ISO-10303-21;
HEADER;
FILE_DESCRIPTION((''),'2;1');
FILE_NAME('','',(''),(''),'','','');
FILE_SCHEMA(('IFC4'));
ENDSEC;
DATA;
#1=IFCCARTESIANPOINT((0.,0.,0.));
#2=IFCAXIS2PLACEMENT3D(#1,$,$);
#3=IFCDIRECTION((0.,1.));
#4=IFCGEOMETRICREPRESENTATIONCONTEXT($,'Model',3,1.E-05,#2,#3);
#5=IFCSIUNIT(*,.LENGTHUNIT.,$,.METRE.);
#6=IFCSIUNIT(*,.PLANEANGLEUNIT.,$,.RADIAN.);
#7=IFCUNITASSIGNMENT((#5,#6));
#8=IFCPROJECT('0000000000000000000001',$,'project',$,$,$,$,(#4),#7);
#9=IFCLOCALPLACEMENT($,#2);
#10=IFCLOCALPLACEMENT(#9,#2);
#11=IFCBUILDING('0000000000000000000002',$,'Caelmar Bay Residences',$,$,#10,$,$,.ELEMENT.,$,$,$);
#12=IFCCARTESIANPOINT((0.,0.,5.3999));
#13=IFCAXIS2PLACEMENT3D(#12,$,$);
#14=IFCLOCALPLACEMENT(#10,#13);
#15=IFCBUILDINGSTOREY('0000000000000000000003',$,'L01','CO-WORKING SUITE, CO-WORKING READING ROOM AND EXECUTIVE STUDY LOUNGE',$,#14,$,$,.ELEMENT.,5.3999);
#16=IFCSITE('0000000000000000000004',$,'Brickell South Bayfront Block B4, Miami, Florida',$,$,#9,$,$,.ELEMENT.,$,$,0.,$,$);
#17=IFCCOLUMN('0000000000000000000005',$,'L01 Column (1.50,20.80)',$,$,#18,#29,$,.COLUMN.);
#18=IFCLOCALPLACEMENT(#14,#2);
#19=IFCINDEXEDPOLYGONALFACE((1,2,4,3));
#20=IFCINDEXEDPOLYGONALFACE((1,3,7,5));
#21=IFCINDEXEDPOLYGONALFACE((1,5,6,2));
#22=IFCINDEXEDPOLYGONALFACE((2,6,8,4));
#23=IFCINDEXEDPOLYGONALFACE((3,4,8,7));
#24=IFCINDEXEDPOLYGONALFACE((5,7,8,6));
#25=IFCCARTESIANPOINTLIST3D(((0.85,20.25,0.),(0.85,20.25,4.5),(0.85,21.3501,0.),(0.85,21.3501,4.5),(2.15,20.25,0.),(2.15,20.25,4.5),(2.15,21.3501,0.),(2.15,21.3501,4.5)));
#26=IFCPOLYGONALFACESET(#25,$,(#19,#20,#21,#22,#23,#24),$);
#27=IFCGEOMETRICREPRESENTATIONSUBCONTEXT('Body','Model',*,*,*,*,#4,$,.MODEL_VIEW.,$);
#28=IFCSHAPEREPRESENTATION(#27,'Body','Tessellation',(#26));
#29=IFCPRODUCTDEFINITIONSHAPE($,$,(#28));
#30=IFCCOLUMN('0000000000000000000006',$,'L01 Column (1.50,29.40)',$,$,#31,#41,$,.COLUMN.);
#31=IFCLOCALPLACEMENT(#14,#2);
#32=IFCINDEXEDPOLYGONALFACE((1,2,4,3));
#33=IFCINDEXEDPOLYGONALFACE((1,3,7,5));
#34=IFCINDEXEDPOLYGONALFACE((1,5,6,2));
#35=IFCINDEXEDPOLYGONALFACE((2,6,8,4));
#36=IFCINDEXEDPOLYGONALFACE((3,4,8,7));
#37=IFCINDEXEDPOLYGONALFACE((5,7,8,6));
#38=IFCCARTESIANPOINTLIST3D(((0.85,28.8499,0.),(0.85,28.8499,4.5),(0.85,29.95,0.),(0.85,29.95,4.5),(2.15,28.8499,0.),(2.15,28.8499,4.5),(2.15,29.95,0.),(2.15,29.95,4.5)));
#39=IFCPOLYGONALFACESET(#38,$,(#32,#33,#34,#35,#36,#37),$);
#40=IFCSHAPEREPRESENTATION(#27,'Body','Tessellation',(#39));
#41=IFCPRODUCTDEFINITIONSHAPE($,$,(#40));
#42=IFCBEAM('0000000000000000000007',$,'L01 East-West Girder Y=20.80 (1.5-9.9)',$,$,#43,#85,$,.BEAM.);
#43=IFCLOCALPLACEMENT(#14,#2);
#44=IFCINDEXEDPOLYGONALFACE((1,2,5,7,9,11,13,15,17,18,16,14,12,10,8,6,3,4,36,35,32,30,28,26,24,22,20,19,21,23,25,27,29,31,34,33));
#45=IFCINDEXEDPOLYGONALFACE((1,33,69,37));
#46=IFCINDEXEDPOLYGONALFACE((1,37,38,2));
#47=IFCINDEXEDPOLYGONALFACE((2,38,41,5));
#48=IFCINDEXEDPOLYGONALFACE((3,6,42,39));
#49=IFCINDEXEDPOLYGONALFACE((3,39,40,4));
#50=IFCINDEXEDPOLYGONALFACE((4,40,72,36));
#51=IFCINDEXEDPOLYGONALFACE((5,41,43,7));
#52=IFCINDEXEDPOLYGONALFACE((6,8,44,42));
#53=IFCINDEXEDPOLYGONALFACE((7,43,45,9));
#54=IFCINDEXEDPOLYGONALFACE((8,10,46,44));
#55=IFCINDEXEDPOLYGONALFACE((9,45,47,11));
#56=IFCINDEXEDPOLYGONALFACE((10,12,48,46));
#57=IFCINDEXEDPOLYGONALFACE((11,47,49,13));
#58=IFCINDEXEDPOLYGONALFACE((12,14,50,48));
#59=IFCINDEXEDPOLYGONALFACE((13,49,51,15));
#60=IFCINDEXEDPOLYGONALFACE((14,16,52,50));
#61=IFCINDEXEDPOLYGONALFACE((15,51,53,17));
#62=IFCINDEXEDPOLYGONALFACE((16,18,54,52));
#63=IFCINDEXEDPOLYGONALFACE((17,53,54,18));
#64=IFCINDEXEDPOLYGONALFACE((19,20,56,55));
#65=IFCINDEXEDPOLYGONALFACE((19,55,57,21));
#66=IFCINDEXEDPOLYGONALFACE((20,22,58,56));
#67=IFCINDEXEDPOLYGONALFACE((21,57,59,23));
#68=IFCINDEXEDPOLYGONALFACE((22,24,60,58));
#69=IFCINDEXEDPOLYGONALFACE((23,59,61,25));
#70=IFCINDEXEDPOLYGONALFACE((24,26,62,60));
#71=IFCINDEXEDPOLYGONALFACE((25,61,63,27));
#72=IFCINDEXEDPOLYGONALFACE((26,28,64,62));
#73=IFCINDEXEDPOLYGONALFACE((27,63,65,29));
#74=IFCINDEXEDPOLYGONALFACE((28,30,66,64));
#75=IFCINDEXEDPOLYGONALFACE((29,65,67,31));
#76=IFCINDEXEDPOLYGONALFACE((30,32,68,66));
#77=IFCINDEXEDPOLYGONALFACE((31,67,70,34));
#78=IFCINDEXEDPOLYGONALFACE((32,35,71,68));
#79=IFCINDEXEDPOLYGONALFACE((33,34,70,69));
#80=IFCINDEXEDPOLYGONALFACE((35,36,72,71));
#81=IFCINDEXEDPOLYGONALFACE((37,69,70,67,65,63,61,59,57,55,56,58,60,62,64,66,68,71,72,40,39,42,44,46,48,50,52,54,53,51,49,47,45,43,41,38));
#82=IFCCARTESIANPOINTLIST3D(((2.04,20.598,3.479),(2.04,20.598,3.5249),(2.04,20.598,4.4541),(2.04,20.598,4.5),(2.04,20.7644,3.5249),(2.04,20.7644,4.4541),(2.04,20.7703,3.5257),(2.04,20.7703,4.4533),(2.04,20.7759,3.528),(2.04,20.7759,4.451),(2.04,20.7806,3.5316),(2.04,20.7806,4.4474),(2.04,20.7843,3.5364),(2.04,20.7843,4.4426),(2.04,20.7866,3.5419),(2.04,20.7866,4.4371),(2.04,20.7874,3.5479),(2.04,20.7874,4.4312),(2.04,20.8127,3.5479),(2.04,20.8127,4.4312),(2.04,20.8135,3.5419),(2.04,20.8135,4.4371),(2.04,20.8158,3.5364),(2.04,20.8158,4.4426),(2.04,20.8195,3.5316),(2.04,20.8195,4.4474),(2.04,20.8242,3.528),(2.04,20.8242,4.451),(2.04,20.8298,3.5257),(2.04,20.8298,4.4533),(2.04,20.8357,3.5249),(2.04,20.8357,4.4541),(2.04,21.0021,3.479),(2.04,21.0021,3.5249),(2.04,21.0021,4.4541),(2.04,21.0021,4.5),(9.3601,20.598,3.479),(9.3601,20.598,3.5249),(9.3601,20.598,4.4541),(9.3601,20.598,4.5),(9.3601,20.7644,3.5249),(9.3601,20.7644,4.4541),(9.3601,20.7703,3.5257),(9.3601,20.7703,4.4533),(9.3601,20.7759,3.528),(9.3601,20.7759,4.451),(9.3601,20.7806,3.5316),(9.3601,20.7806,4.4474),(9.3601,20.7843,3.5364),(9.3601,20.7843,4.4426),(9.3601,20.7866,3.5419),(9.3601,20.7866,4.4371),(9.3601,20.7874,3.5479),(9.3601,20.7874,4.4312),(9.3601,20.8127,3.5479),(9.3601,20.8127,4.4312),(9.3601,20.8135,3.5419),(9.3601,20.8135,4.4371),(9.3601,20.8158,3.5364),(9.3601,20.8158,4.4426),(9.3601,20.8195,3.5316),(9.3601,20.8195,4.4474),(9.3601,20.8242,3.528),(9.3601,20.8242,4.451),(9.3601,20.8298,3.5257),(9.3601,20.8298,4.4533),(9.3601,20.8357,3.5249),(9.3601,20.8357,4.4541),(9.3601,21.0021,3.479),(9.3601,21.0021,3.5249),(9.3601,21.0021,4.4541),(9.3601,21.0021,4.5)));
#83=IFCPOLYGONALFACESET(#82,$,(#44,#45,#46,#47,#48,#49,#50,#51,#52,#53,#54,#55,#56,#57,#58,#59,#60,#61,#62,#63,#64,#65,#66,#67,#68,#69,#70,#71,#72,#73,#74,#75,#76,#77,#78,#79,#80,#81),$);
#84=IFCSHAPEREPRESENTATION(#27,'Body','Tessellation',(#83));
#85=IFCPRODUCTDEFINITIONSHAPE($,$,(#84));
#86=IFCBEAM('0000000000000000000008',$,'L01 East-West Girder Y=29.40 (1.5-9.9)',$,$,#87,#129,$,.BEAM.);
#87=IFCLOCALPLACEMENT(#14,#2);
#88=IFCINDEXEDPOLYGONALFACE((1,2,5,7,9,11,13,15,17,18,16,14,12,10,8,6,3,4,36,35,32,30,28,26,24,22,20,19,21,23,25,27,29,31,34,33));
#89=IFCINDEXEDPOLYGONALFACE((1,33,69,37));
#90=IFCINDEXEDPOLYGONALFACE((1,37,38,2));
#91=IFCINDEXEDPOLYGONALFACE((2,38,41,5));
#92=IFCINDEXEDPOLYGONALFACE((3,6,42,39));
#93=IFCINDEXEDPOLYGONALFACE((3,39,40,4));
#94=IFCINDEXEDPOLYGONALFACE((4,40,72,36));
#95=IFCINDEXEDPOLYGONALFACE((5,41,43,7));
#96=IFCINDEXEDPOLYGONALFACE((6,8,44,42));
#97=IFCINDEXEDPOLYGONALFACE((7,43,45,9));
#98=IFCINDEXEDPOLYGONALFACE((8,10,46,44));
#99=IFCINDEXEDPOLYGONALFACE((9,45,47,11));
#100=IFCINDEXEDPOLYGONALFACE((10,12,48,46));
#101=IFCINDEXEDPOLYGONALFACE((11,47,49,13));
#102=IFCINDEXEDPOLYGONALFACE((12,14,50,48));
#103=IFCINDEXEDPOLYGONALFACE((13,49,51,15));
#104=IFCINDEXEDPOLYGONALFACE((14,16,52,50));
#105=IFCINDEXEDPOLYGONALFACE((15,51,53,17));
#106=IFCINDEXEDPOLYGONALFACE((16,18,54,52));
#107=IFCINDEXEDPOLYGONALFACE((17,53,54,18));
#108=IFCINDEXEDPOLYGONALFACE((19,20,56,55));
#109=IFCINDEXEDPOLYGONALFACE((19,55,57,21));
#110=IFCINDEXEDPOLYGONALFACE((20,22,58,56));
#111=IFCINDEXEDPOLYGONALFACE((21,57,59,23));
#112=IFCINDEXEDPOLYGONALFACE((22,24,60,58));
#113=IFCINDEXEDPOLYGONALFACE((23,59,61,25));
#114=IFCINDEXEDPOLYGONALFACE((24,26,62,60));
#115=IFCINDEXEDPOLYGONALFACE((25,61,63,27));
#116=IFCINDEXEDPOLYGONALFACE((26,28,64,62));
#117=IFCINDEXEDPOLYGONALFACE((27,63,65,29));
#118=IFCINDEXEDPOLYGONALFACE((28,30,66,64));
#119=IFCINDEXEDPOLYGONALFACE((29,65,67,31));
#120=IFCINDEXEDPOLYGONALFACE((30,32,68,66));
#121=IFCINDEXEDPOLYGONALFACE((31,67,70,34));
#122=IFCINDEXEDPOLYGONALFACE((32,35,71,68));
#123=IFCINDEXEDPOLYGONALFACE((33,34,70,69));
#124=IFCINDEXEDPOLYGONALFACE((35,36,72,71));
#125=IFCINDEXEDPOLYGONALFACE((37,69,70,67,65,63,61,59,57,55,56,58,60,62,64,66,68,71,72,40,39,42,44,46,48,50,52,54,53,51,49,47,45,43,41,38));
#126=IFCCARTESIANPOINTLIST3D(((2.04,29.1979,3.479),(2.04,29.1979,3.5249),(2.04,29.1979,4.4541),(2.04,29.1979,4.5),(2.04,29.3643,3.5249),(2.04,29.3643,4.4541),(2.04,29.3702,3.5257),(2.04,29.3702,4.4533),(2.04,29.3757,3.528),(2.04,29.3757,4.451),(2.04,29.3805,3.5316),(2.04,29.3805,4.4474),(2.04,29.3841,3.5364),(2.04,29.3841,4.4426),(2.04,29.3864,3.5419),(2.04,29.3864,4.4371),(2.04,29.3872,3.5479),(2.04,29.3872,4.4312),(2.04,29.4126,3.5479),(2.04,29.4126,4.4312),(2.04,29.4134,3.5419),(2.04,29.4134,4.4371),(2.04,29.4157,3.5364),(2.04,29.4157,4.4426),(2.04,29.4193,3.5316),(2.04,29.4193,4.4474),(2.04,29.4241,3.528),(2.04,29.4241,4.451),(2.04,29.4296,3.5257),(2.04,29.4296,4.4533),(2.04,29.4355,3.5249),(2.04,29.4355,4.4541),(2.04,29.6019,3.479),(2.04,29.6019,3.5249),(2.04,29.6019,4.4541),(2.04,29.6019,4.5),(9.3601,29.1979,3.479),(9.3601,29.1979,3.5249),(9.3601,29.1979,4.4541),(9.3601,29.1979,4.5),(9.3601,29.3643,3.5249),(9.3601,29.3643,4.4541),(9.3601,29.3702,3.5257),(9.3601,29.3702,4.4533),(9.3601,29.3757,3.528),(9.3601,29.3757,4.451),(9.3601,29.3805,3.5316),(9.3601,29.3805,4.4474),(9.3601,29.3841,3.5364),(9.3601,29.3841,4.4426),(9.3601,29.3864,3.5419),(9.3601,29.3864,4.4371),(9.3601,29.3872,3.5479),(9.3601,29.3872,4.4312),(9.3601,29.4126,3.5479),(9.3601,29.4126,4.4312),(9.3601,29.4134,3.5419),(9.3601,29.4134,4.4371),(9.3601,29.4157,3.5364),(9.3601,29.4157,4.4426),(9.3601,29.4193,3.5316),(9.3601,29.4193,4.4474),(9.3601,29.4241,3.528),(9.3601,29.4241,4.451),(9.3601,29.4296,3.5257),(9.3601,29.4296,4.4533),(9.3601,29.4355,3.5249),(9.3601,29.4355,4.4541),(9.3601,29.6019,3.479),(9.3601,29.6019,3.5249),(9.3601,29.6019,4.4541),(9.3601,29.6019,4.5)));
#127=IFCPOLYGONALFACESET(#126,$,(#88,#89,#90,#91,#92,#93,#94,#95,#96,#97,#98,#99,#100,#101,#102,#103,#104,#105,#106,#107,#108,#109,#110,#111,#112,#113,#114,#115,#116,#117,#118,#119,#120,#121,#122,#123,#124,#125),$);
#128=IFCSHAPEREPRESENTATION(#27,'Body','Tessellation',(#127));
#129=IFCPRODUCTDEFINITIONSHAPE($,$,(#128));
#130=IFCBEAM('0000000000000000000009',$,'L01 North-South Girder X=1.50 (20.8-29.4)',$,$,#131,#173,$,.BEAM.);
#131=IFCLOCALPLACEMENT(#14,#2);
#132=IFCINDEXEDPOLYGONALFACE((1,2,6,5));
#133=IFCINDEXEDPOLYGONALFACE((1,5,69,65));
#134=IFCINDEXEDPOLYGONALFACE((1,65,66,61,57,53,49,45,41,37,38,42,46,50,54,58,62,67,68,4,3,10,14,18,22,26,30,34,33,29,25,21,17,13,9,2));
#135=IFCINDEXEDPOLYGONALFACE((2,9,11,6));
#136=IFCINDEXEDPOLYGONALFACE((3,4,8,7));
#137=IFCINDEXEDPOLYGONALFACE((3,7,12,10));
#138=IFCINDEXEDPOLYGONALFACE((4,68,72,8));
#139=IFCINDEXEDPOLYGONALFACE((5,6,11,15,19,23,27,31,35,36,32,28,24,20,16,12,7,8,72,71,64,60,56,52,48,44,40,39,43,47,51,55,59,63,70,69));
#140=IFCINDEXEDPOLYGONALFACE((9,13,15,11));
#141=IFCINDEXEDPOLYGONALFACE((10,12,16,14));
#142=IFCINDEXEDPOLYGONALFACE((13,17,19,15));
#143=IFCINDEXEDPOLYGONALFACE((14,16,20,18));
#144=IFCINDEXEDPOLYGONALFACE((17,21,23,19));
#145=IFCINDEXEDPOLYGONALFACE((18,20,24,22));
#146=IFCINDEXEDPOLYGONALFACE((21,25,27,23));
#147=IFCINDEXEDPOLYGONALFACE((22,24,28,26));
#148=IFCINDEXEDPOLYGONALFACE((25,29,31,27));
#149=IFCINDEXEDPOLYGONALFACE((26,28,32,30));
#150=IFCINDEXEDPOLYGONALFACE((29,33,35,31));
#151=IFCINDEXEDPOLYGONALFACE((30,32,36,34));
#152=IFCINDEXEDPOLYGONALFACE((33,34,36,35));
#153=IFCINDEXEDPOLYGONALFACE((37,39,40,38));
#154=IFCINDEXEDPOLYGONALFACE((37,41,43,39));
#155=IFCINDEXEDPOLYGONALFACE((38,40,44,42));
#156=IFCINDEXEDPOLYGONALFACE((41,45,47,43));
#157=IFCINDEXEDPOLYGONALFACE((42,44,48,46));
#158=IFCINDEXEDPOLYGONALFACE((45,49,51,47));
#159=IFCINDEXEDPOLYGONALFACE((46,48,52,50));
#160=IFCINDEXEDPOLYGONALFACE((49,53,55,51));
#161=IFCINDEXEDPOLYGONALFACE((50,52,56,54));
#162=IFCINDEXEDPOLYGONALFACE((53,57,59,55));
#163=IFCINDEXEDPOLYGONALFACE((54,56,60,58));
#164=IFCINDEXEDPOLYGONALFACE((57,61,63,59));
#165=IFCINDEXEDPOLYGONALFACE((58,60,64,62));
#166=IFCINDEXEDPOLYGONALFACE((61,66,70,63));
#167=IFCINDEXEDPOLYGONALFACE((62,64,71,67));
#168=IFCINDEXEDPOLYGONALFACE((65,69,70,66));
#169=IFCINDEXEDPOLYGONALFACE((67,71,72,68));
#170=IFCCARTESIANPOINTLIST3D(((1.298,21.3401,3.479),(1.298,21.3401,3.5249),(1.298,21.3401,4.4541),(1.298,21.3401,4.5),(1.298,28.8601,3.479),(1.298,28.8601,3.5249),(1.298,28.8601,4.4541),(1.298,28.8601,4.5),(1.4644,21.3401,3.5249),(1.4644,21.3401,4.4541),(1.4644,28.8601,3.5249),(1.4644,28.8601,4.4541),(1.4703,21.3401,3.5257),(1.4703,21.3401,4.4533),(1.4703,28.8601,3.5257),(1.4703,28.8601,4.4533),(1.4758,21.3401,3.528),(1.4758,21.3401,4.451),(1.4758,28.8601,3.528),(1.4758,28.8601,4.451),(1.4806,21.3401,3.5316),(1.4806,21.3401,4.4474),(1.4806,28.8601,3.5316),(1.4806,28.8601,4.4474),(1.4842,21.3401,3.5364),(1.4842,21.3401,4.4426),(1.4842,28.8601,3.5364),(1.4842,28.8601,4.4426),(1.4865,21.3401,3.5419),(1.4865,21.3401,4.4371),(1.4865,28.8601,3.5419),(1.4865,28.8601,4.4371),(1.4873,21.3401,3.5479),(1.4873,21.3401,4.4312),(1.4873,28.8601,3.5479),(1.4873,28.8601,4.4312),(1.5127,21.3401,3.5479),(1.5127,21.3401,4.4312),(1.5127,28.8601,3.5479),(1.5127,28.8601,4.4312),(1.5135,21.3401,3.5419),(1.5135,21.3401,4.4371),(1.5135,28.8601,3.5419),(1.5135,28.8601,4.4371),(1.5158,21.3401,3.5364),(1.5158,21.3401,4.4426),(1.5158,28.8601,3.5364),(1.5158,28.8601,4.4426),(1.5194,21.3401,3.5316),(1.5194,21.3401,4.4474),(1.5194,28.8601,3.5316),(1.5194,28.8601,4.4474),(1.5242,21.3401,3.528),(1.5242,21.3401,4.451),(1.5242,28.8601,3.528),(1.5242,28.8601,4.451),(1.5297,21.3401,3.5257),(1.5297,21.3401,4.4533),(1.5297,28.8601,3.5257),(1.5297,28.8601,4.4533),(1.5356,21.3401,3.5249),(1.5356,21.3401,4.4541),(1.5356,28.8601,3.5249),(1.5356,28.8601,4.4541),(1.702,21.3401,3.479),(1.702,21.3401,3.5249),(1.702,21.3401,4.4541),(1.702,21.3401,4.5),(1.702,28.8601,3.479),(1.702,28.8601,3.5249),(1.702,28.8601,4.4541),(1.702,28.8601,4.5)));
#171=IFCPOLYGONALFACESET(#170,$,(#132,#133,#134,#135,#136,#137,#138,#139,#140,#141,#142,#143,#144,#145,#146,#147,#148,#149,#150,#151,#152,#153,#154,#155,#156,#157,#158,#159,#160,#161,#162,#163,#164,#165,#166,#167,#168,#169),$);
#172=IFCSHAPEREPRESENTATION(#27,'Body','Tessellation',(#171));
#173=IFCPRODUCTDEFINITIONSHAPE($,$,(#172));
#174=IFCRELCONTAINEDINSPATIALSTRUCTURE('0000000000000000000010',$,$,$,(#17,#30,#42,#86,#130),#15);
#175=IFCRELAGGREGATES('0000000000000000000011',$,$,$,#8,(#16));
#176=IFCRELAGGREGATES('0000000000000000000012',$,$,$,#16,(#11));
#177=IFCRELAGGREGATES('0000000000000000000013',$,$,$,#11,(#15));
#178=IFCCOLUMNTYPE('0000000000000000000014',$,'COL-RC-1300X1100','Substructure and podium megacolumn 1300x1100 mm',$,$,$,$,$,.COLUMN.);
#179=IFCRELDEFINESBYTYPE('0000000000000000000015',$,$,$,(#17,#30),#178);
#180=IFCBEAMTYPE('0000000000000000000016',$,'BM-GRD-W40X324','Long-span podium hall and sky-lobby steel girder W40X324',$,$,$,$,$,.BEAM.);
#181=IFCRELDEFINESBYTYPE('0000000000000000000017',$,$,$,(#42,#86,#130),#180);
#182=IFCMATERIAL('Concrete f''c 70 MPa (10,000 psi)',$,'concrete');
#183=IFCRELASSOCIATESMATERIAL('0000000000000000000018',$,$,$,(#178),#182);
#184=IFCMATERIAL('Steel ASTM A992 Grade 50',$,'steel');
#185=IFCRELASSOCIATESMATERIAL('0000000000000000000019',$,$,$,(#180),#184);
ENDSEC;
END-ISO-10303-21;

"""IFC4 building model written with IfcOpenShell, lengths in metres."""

from ifc_helpers import new_model, si_unit, direction, frame, origin, origin_2d, place, context, subcontext, project, spatial, rectangle, i_section, extrude, material, material_profile, profile_set, type_object, element, save


model = new_model("IFC4")

# Units and contexts
model_context = context("Model", 3, precision=1e-05, world=origin(), true_north=direction((0.0, 1.0)))
body_context = subcontext(model_context, "Body", "Model", "MODEL_VIEW")
ifc_project = project(units=[si_unit("LENGTHUNIT", "METRE"), si_unit("PLANEANGLEUNIT", "RADIAN")], contexts=[model_context])

# Site, building, storey
site_placement = place(None, origin())
site = spatial("IfcSite", under=ifc_project, at=site_placement, Name="Brickell South Bayfront Block B4, Miami, Florida", CompositionType="ELEMENT", RefElevation=0.0)
building_placement = place(site_placement, origin())
building = spatial("IfcBuilding", under=site, at=building_placement, Name="Caelmar Bay Residences", CompositionType="ELEMENT")
storey_placement = place(building_placement, frame((0.0, 0.0, 5.3999)))
storey = spatial("IfcBuildingStorey", under=building, at=storey_placement, Name="L01", Description="CO-WORKING SUITE, CO-WORKING READING ROOM AND EXECUTIVE STUDY LOUNGE", CompositionType="ELEMENT", Elevation=5.3999)

# Columns
ifc_material_1 = material(Name="Concrete f'c 70 MPa (10,000 psi)", Category="concrete")
ifc_material_profile_1 = material_profile(ifc_material_1, rectangle(XDim=1.3, YDim=1.1001, at=origin_2d()), Name="RC-COL-1300X1100")
ifc_profile_set_1 = profile_set([ifc_material_profile_1], Name="Concrete f'c 70 MPa (10,000 psi)")
column_type = type_object("IfcColumnType", Name="COL-RC-1300X1100", Description="Substructure and podium megacolumn 1300x1100 mm", PredefinedType="COLUMN", material=ifc_profile_set_1)
for number, where, z_axis, x_axis, name in (
    (1, (1.5, 20.8, 0.0), (0.0, 0.0, 1.0), (1.0, 0.0, 0.0), "L01 Column (1.50,20.80)"),
    (2, (1.5, 29.3999, 0.0), (0.0, 0.0, 1.0), (1.0, 0.0, 0.0), "L01 Column (1.50,29.40)"),
):
    element("IfcColumn", number, at=place(storey_placement, frame(where, z_axis=z_axis, x_axis=x_axis)), inside=storey, type_object=column_type, Name=name, PredefinedType="COLUMN", context=body_context, shape_type="SweptSolid", body=[
        extrude(rectangle(XDim=1.3, YDim=1.1001, at=origin_2d()), origin(), (0.0, 0.0, 1.0), 4.5),
    ])

# Beams
ifc_material_2 = material(Name="Steel ASTM A992 Grade 50", Category="steel")
ifc_material_profile_2 = material_profile(ifc_material_2, i_section(OverallWidth=0.4041, OverallDepth=1.021, WebThickness=0.0254, FlangeThickness=0.0459, FilletRadius=0.0229, at=origin_2d()), Name="W40X324")
ifc_profile_set_2 = profile_set([ifc_material_profile_2], Name="Steel ASTM A992 Grade 50")
beam_type_1 = type_object("IfcBeamType", Name="BM-GRD-W40X324", Description="Long-span podium hall and sky-lobby steel girder W40X324", PredefinedType="BEAM", material=ifc_profile_set_2)
for number, where, z_axis, x_axis, name in (
    (3, (2.04, 20.8, 3.9895), (1.0, 0.0, 0.0), (0.0, 1.0, 0.0), "L01 East-West Girder Y=20.80 (1.5-9.9)"),
    (4, (2.04, 29.3999, 3.9895), (1.0, 0.0, 0.0), (0.0, 1.0, 0.0), "L01 East-West Girder Y=29.40 (1.5-9.9)"),
):
    element("IfcBeam", number, at=place(storey_placement, frame(where, z_axis=z_axis, x_axis=x_axis)), inside=storey, type_object=beam_type_1, Name=name, PredefinedType="BEAM", context=body_context, shape_type="SweptSolid", body=[
        extrude(i_section(OverallWidth=0.4041, OverallDepth=1.021, WebThickness=0.0254, FlangeThickness=0.0459, FilletRadius=0.0229, at=origin_2d()), origin(), (0.0, 0.0, 1.0), 7.3201),
    ])
beam_1_placement = place(storey_placement, frame((1.5, 21.3401, 3.9895), z_axis=(0.0, 1.0, 0.0), x_axis=(-1.0, 0.0, 0.0)))
element("IfcBeam", 5, at=beam_1_placement, inside=storey, type_object=beam_type_1, Name="L01 North-South Girder X=1.50 (20.8-29.4)", PredefinedType="BEAM", context=body_context, shape_type="SweptSolid", body=[
    extrude(i_section(OverallWidth=0.4041, OverallDepth=1.021, WebThickness=0.0254, FlangeThickness=0.0459, FilletRadius=0.0229, at=origin_2d()), origin(), (0.0, 0.0, 1.0), 7.52),
])

save(model, "model.ifc")
